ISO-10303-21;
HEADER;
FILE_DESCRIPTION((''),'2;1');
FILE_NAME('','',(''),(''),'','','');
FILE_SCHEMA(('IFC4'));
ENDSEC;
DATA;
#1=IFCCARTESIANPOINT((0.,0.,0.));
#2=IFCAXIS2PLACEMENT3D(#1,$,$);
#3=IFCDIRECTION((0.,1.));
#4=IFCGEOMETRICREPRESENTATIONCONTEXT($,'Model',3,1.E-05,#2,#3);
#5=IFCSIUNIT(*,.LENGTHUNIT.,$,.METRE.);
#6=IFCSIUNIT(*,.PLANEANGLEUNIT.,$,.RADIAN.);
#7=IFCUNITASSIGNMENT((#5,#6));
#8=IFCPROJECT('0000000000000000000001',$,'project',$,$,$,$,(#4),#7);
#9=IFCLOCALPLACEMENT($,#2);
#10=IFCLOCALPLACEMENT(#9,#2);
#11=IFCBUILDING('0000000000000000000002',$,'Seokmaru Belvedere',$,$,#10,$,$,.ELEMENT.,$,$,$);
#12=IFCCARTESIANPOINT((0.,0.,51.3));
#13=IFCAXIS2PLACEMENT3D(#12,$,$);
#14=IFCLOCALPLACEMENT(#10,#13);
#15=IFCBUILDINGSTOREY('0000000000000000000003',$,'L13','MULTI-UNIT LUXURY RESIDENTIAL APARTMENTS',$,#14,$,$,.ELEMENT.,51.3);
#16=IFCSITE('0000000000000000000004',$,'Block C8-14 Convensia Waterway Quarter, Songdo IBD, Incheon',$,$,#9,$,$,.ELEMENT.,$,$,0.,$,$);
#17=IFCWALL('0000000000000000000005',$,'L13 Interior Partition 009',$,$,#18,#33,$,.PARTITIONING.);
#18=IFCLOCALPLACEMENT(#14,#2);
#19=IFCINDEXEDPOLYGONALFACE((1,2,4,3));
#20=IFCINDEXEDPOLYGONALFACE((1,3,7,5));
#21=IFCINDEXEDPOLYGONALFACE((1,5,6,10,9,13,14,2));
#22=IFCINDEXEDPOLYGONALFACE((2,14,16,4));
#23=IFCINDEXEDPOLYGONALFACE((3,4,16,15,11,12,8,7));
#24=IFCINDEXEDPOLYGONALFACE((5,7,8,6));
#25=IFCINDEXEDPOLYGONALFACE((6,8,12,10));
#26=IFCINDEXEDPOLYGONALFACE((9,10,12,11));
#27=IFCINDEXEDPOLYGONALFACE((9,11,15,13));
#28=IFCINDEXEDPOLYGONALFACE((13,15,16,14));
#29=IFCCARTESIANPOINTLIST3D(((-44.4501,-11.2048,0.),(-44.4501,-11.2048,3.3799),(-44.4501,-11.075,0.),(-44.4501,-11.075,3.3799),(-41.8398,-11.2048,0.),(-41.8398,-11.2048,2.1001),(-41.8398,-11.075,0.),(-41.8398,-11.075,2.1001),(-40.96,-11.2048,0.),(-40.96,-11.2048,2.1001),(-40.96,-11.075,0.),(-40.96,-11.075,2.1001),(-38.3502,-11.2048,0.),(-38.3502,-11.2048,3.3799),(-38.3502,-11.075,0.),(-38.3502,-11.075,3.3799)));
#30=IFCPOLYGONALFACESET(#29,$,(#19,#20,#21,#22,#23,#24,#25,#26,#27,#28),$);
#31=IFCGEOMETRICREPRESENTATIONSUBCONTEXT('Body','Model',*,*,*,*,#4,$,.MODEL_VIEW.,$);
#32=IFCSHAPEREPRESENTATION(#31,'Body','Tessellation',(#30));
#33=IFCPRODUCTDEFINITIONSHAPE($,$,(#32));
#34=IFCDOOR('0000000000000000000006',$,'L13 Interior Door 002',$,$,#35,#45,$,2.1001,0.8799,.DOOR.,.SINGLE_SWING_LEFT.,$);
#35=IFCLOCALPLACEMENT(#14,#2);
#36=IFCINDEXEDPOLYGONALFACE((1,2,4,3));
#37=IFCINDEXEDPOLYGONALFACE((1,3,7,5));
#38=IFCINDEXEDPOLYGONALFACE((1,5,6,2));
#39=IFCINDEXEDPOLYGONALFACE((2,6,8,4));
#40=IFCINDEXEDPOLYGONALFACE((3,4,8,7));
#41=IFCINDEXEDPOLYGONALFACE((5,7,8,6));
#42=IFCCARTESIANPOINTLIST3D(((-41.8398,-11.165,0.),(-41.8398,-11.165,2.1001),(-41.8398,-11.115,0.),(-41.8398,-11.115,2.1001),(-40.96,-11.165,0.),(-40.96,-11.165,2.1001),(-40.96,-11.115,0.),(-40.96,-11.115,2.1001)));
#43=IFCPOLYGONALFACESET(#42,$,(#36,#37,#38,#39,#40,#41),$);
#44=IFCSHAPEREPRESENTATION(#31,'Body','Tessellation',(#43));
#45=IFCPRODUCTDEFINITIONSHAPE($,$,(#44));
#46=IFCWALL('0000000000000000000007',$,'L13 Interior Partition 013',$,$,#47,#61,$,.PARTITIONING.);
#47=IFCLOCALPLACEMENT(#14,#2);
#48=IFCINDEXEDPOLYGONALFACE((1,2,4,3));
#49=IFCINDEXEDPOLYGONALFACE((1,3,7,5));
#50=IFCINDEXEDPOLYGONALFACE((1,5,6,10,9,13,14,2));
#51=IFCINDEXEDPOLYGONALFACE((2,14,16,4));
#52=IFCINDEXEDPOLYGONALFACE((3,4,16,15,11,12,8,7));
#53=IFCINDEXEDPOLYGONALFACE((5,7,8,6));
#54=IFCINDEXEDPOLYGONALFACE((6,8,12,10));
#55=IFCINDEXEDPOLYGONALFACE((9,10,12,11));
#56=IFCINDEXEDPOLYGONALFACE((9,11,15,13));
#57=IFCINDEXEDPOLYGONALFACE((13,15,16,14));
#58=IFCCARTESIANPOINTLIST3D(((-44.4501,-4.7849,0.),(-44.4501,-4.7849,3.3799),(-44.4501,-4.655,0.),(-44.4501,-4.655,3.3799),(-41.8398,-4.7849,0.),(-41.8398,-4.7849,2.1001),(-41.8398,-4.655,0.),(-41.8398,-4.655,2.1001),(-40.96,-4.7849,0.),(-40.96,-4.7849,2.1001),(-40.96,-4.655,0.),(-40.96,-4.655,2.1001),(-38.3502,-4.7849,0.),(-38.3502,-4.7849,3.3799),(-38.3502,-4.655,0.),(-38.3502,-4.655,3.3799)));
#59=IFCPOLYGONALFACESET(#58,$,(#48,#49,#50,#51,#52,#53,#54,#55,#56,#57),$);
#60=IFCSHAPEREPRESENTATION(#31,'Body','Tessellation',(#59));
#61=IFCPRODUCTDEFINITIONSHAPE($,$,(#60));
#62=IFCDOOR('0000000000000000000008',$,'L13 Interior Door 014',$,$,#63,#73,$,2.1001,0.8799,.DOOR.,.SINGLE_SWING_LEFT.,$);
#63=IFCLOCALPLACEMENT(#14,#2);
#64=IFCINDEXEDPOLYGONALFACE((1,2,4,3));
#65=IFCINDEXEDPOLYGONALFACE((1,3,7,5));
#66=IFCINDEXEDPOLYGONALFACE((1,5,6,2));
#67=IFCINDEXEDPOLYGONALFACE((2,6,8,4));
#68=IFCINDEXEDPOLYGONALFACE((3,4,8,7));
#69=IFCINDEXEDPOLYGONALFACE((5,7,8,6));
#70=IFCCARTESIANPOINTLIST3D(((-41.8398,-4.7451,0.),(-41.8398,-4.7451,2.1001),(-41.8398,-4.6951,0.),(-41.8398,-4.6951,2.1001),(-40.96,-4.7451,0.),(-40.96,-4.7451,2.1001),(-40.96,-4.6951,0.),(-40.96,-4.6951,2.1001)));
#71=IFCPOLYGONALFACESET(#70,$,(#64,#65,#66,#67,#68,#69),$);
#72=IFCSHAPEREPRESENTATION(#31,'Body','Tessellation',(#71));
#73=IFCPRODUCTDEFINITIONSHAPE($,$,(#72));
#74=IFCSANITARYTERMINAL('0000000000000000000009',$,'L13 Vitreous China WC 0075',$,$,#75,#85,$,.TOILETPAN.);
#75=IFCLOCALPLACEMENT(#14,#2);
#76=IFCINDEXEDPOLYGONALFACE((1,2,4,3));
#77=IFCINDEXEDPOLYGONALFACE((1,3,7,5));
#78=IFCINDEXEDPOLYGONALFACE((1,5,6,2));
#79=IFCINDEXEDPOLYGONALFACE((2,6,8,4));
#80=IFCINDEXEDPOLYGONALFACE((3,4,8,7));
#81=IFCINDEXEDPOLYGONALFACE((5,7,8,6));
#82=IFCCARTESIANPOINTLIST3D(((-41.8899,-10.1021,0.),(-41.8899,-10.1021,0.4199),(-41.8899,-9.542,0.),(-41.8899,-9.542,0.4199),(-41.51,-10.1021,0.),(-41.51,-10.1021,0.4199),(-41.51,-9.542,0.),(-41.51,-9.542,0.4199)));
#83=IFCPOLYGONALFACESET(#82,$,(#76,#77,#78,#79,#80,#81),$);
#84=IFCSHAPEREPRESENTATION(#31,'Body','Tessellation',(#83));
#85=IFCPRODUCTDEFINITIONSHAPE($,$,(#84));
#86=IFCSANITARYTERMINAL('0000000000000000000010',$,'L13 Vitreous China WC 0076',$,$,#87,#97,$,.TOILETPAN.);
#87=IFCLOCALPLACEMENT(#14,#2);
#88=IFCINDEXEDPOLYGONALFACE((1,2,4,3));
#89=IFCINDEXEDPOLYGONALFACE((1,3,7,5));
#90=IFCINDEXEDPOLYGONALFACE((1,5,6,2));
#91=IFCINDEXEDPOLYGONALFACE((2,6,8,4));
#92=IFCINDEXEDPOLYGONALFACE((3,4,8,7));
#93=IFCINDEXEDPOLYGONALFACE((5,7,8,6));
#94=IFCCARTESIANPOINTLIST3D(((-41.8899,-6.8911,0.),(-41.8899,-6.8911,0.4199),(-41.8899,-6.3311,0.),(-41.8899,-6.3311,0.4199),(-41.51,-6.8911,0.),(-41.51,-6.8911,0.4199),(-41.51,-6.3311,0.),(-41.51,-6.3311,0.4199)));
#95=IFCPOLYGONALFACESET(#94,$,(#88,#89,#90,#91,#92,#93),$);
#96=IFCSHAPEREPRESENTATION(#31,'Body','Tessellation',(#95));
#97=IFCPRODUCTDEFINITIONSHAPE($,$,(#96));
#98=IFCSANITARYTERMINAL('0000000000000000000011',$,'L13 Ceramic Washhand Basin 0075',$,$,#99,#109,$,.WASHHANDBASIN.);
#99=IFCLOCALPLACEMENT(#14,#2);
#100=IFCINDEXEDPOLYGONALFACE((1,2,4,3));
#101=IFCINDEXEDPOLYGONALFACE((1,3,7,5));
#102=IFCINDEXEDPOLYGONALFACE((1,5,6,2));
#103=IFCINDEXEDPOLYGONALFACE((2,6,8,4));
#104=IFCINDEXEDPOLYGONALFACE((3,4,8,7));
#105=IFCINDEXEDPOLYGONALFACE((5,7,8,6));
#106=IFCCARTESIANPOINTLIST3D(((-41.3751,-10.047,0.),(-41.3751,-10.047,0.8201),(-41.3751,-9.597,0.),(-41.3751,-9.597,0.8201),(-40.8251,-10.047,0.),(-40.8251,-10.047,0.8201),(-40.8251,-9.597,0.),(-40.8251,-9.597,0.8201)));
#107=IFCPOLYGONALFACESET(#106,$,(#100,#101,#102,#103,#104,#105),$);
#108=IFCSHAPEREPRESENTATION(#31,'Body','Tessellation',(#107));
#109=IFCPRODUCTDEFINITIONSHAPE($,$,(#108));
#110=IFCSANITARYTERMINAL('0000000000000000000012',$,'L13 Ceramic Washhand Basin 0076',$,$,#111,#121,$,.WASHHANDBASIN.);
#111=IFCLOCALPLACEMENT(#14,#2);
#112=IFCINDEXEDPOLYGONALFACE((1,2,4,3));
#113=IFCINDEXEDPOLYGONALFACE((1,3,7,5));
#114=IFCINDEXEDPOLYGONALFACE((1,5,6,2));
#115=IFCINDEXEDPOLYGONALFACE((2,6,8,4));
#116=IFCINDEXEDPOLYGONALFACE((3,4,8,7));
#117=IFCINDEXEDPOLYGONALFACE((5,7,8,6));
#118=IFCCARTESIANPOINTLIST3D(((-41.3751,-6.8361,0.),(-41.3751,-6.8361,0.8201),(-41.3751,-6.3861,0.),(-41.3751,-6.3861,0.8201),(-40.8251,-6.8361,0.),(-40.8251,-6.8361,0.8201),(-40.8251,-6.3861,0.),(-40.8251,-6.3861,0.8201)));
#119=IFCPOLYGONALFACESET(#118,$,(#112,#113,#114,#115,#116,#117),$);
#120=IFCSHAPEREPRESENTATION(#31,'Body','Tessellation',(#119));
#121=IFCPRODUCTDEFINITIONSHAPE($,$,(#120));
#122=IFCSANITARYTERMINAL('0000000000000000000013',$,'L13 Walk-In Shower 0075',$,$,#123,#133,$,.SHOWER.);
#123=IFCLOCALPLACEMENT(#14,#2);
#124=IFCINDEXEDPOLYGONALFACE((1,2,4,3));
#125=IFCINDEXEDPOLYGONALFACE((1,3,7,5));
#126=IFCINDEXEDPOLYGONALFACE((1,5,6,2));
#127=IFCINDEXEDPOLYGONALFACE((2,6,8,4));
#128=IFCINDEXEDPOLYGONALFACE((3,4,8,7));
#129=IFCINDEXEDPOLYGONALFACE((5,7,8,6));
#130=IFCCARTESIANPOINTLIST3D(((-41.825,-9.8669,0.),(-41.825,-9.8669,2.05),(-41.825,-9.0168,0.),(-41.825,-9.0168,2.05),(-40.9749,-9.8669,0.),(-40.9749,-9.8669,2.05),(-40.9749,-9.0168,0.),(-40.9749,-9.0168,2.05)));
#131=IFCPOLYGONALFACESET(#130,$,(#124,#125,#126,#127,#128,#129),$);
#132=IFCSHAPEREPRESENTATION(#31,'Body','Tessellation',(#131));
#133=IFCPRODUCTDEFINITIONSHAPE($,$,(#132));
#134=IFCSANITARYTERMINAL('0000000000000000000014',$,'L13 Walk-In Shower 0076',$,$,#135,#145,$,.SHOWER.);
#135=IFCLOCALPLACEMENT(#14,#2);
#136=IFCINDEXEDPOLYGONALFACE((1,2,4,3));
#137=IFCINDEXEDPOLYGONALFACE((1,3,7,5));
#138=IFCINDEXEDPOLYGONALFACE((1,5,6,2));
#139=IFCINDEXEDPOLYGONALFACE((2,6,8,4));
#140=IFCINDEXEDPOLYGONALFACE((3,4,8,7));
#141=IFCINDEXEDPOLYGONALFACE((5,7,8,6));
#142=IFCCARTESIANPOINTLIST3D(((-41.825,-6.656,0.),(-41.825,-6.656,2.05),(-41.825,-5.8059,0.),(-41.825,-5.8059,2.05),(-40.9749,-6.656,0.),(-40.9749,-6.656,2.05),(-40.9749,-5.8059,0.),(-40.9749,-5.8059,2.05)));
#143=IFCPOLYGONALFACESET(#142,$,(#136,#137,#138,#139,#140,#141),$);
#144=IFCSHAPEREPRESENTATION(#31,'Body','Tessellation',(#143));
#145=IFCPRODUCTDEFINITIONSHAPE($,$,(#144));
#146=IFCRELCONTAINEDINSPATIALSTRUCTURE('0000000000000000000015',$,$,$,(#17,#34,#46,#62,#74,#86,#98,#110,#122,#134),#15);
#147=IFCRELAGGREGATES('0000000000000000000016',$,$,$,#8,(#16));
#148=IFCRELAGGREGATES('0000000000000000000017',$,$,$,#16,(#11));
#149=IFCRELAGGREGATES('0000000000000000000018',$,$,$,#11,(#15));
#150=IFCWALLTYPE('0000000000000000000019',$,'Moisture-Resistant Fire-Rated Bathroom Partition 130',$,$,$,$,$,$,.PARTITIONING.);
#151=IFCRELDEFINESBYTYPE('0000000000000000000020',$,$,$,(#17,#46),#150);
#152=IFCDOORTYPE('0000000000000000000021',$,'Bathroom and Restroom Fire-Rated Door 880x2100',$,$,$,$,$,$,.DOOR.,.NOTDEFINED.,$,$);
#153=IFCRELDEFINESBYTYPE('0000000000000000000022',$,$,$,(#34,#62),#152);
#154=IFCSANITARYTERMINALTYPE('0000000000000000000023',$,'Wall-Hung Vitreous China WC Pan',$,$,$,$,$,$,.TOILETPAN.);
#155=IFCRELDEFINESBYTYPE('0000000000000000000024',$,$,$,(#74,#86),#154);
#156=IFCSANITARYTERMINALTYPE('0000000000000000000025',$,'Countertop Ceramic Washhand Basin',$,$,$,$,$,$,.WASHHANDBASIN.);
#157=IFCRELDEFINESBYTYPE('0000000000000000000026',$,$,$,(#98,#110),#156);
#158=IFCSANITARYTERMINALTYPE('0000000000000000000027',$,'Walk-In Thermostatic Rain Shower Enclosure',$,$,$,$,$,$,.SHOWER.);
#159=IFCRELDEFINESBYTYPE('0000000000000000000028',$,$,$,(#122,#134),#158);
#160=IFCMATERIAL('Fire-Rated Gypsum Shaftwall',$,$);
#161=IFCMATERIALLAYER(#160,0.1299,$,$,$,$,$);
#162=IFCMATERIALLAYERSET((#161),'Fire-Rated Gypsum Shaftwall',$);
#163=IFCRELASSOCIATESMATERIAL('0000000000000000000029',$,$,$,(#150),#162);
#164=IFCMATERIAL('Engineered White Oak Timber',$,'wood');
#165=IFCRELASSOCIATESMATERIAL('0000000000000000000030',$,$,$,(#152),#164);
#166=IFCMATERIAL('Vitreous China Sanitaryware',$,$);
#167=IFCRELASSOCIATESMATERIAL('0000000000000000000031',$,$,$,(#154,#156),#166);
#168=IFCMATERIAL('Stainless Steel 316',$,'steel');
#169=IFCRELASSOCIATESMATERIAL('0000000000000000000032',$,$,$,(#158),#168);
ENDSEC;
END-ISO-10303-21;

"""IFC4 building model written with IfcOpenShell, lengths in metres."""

from ifc_helpers import new_model, si_unit, direction, frame, frame_2d, origin, origin_2d, place, context, subcontext, project, spatial, rectangle, extrude, source, transform, mapped, material, layer, layer_set, type_object, type_shapes, element, fill, save


model = new_model("IFC4")

# Units and contexts
model_context = context("Model", 3, precision=1e-05, world=origin(), true_north=direction((0.0, 1.0)))
body_context = subcontext(model_context, "Body", "Model", "MODEL_VIEW")
ifc_project = project(units=[si_unit("LENGTHUNIT", "METRE"), si_unit("PLANEANGLEUNIT", "RADIAN")], contexts=[model_context])

# Site, building, storey
site_placement = place(None, origin())
site = spatial("IfcSite", under=ifc_project, at=site_placement, Name="Block C8-14 Convensia Waterway Quarter, Songdo IBD, Incheon", CompositionType="ELEMENT", RefElevation=0.0)
building_placement = place(site_placement, origin())
building = spatial("IfcBuilding", under=site, at=building_placement, Name="Seokmaru Belvedere", CompositionType="ELEMENT")
storey_placement = place(building_placement, frame((0.0, 0.0, 51.3)))
storey = spatial("IfcBuildingStorey", under=building, at=storey_placement, Name="L13", Description="MULTI-UNIT LUXURY RESIDENTIAL APARTMENTS", CompositionType="ELEMENT", Elevation=51.3)

# Walls, openings, doors
ifc_material_1 = material(Name="Fire-Rated Gypsum Shaftwall")
ifc_layer = layer(ifc_material_1, 0.1299)
ifc_layer_set = layer_set([ifc_layer], Name="Fire-Rated Gypsum Shaftwall")
wall_type = type_object("IfcWallType", Name="Moisture-Resistant Fire-Rated Bathroom Partition 130", PredefinedType="PARTITIONING", material=ifc_layer_set)
wall_1_placement = place(storey_placement, frame((-44.45, -11.1399, 0.0), z_axis=(0.0, 0.0, 1.0), x_axis=(1.0, 0.0, 0.0)))
wall_1 = element("IfcWall", 1, at=wall_1_placement, inside=storey, type_object=wall_type, Name="L13 Interior Partition 009", PredefinedType="PARTITIONING", context=body_context, shape_type="SweptSolid", body=[
    extrude(rectangle(XDim=6.0999, YDim=0.1299, at=frame_2d((3.0498, 0.0))), origin(), (0.0, 0.0, 1.0), 3.3799),
])
opening_1_placement = place(wall_1_placement, frame((2.6101, 0.0, 0.0)))
opening_1 = element("IfcOpeningElement", 2, at=opening_1_placement, cuts=wall_1, PredefinedType="OPENING", context=body_context, shape_type="SweptSolid", body=[
    extrude(rectangle(XDim=0.8799, YDim=2.1001, at=frame_2d((0.4399, 1.05))), frame((0.0, 0.075, 0.0), z_axis=(0.0, -1.0, 0.0), x_axis=(1.0, 0.0, 0.0)), (0.0, 0.0, 1.0), 0.1499),
])
ifc_material_2 = material(Name="Engineered White Oak Timber", Category="wood")
door_type = type_object("IfcDoorType", Name="Bathroom and Restroom Fire-Rated Door 880x2100", OperationType="NOTDEFINED", PredefinedType="DOOR", material=ifc_material_2)
shared_shape_1 = source(origin(), body_context, "Body", "SweptSolid", [
    extrude(rectangle(XDim=0.8799, YDim=2.1001, at=frame_2d((0.4399, 1.05))), frame((0.0, 0.0249, 0.0), z_axis=(0.0, -1.0, 0.0), x_axis=(1.0, 0.0, 0.0)), (0.0, 0.0, 1.0), 0.05),
])
type_shapes(door_type, [shared_shape_1])
door_1_placement = place(opening_1_placement, origin())
door_1 = element("IfcDoor", 3, at=door_1_placement, inside=storey, type_object=door_type, Name="L13 Interior Door 002", OperationType="SINGLE_SWING_LEFT", OverallHeight=2.1001, OverallWidth=0.8799, PredefinedType="DOOR", context=body_context, shape_type="MappedRepresentation", body=[
    mapped(shared_shape_1, transform((0.0, 0.0, 0.0), scale=1.0)),
])
fill(opening_1, door_1)
wall_2_placement = place(storey_placement, frame((-44.45, -4.72, 0.0), z_axis=(0.0, 0.0, 1.0), x_axis=(1.0, 0.0, 0.0)))
wall_2 = element("IfcWall", 4, at=wall_2_placement, inside=storey, type_object=wall_type, Name="L13 Interior Partition 013", PredefinedType="PARTITIONING", context=body_context, shape_type="SweptSolid", body=[
    extrude(rectangle(XDim=6.0999, YDim=0.1299, at=frame_2d((3.0498, 0.0))), origin(), (0.0, 0.0, 1.0), 3.3799),
])
opening_2_placement = place(wall_2_placement, frame((2.6101, 0.0, 0.0)))
opening_2 = element("IfcOpeningElement", 5, at=opening_2_placement, cuts=wall_2, PredefinedType="OPENING", context=body_context, shape_type="SweptSolid", body=[
    extrude(rectangle(XDim=0.8799, YDim=2.1001, at=frame_2d((0.4399, 1.05))), frame((0.0, 0.075, 0.0), z_axis=(0.0, -1.0, 0.0), x_axis=(1.0, 0.0, 0.0)), (0.0, 0.0, 1.0), 0.1499),
])
door_2_placement = place(opening_2_placement, origin())
door_2 = element("IfcDoor", 6, at=door_2_placement, inside=storey, type_object=door_type, Name="L13 Interior Door 014", OperationType="SINGLE_SWING_LEFT", OverallHeight=2.1001, OverallWidth=0.8799, PredefinedType="DOOR", context=body_context, shape_type="MappedRepresentation", body=[
    mapped(shared_shape_1, transform((0.0, 0.0, 0.0), scale=1.0)),
])
fill(opening_2, door_2)

# Sanitary terminals
ifc_material_3 = material(Name="Vitreous China Sanitaryware")
sanitary_terminal_type_1 = type_object("IfcSanitaryTerminalType", Name="Wall-Hung Vitreous China WC Pan", PredefinedType="TOILETPAN", material=ifc_material_3)
shared_shape_2 = source(origin(), body_context, "Body", "SweptSolid", [
    extrude(rectangle(XDim=0.3799, YDim=0.5601, at=origin_2d()), origin(), (0.0, 0.0, 1.0), 0.4199),
])
type_shapes(sanitary_terminal_type_1, [shared_shape_2])
for number, where, z_axis, x_axis, name in (
    (7, (-41.7, -9.822, 0.0), (0.0, 0.0, 1.0), (1.0, 0.0, 0.0), "L13 Vitreous China WC 0075"),
    (8, (-41.7, -6.6111, 0.0), (0.0, 0.0, 1.0), (1.0, 0.0, 0.0), "L13 Vitreous China WC 0076"),
):
    element("IfcSanitaryTerminal", number, at=place(storey_placement, frame(where, z_axis=z_axis, x_axis=x_axis)), inside=storey, type_object=sanitary_terminal_type_1, Name=name, PredefinedType="TOILETPAN", context=body_context, shape_type="MappedRepresentation", body=[
        mapped(shared_shape_2, transform((0.0, 0.0, 0.0), scale=1.0)),
    ])
sanitary_terminal_type_2 = type_object("IfcSanitaryTerminalType", Name="Countertop Ceramic Washhand Basin", PredefinedType="WASHHANDBASIN", material=ifc_material_3)
shared_shape_3 = source(origin(), body_context, "Body", "SweptSolid", [
    extrude(rectangle(XDim=0.55, YDim=0.45, at=origin_2d()), origin(), (0.0, 0.0, 1.0), 0.8201),
])
type_shapes(sanitary_terminal_type_2, [shared_shape_3])
for number, where, z_axis, x_axis, name in (
    (9, (-41.1001, -9.822, 0.0), (0.0, 0.0, 1.0), (1.0, 0.0, 0.0), "L13 Ceramic Washhand Basin 0075"),
    (10, (-41.1001, -6.6111, 0.0), (0.0, 0.0, 1.0), (1.0, 0.0, 0.0), "L13 Ceramic Washhand Basin 0076"),
):
    element("IfcSanitaryTerminal", number, at=place(storey_placement, frame(where, z_axis=z_axis, x_axis=x_axis)), inside=storey, type_object=sanitary_terminal_type_2, Name=name, PredefinedType="WASHHANDBASIN", context=body_context, shape_type="MappedRepresentation", body=[
        mapped(shared_shape_3, transform((0.0, 0.0, 0.0), scale=1.0)),
    ])
ifc_material_4 = material(Name="Stainless Steel 316", Category="steel")
sanitary_terminal_type_3 = type_object("IfcSanitaryTerminalType", Name="Walk-In Thermostatic Rain Shower Enclosure", PredefinedType="SHOWER", material=ifc_material_4)
shared_shape_4 = source(origin(), body_context, "Body", "SweptSolid", [
    extrude(rectangle(XDim=0.8501, YDim=0.8501, at=origin_2d()), origin(), (0.0, 0.0, 1.0), 2.05),
])
type_shapes(sanitary_terminal_type_3, [shared_shape_4])
for number, where, z_axis, x_axis, name in (
    (11, (-41.3999, -9.4419, 0.0), (0.0, 0.0, 1.0), (1.0, 0.0, 0.0), "L13 Walk-In Shower 0075"),
    (12, (-41.3999, -6.231, 0.0), (0.0, 0.0, 1.0), (1.0, 0.0, 0.0), "L13 Walk-In Shower 0076"),
):
    element("IfcSanitaryTerminal", number, at=place(storey_placement, frame(where, z_axis=z_axis, x_axis=x_axis)), inside=storey, type_object=sanitary_terminal_type_3, Name=name, PredefinedType="SHOWER", context=body_context, shape_type="MappedRepresentation", body=[
        mapped(shared_shape_4, transform((0.0, 0.0, 0.0), scale=1.0)),
    ])

save(model, "model.ifc")
